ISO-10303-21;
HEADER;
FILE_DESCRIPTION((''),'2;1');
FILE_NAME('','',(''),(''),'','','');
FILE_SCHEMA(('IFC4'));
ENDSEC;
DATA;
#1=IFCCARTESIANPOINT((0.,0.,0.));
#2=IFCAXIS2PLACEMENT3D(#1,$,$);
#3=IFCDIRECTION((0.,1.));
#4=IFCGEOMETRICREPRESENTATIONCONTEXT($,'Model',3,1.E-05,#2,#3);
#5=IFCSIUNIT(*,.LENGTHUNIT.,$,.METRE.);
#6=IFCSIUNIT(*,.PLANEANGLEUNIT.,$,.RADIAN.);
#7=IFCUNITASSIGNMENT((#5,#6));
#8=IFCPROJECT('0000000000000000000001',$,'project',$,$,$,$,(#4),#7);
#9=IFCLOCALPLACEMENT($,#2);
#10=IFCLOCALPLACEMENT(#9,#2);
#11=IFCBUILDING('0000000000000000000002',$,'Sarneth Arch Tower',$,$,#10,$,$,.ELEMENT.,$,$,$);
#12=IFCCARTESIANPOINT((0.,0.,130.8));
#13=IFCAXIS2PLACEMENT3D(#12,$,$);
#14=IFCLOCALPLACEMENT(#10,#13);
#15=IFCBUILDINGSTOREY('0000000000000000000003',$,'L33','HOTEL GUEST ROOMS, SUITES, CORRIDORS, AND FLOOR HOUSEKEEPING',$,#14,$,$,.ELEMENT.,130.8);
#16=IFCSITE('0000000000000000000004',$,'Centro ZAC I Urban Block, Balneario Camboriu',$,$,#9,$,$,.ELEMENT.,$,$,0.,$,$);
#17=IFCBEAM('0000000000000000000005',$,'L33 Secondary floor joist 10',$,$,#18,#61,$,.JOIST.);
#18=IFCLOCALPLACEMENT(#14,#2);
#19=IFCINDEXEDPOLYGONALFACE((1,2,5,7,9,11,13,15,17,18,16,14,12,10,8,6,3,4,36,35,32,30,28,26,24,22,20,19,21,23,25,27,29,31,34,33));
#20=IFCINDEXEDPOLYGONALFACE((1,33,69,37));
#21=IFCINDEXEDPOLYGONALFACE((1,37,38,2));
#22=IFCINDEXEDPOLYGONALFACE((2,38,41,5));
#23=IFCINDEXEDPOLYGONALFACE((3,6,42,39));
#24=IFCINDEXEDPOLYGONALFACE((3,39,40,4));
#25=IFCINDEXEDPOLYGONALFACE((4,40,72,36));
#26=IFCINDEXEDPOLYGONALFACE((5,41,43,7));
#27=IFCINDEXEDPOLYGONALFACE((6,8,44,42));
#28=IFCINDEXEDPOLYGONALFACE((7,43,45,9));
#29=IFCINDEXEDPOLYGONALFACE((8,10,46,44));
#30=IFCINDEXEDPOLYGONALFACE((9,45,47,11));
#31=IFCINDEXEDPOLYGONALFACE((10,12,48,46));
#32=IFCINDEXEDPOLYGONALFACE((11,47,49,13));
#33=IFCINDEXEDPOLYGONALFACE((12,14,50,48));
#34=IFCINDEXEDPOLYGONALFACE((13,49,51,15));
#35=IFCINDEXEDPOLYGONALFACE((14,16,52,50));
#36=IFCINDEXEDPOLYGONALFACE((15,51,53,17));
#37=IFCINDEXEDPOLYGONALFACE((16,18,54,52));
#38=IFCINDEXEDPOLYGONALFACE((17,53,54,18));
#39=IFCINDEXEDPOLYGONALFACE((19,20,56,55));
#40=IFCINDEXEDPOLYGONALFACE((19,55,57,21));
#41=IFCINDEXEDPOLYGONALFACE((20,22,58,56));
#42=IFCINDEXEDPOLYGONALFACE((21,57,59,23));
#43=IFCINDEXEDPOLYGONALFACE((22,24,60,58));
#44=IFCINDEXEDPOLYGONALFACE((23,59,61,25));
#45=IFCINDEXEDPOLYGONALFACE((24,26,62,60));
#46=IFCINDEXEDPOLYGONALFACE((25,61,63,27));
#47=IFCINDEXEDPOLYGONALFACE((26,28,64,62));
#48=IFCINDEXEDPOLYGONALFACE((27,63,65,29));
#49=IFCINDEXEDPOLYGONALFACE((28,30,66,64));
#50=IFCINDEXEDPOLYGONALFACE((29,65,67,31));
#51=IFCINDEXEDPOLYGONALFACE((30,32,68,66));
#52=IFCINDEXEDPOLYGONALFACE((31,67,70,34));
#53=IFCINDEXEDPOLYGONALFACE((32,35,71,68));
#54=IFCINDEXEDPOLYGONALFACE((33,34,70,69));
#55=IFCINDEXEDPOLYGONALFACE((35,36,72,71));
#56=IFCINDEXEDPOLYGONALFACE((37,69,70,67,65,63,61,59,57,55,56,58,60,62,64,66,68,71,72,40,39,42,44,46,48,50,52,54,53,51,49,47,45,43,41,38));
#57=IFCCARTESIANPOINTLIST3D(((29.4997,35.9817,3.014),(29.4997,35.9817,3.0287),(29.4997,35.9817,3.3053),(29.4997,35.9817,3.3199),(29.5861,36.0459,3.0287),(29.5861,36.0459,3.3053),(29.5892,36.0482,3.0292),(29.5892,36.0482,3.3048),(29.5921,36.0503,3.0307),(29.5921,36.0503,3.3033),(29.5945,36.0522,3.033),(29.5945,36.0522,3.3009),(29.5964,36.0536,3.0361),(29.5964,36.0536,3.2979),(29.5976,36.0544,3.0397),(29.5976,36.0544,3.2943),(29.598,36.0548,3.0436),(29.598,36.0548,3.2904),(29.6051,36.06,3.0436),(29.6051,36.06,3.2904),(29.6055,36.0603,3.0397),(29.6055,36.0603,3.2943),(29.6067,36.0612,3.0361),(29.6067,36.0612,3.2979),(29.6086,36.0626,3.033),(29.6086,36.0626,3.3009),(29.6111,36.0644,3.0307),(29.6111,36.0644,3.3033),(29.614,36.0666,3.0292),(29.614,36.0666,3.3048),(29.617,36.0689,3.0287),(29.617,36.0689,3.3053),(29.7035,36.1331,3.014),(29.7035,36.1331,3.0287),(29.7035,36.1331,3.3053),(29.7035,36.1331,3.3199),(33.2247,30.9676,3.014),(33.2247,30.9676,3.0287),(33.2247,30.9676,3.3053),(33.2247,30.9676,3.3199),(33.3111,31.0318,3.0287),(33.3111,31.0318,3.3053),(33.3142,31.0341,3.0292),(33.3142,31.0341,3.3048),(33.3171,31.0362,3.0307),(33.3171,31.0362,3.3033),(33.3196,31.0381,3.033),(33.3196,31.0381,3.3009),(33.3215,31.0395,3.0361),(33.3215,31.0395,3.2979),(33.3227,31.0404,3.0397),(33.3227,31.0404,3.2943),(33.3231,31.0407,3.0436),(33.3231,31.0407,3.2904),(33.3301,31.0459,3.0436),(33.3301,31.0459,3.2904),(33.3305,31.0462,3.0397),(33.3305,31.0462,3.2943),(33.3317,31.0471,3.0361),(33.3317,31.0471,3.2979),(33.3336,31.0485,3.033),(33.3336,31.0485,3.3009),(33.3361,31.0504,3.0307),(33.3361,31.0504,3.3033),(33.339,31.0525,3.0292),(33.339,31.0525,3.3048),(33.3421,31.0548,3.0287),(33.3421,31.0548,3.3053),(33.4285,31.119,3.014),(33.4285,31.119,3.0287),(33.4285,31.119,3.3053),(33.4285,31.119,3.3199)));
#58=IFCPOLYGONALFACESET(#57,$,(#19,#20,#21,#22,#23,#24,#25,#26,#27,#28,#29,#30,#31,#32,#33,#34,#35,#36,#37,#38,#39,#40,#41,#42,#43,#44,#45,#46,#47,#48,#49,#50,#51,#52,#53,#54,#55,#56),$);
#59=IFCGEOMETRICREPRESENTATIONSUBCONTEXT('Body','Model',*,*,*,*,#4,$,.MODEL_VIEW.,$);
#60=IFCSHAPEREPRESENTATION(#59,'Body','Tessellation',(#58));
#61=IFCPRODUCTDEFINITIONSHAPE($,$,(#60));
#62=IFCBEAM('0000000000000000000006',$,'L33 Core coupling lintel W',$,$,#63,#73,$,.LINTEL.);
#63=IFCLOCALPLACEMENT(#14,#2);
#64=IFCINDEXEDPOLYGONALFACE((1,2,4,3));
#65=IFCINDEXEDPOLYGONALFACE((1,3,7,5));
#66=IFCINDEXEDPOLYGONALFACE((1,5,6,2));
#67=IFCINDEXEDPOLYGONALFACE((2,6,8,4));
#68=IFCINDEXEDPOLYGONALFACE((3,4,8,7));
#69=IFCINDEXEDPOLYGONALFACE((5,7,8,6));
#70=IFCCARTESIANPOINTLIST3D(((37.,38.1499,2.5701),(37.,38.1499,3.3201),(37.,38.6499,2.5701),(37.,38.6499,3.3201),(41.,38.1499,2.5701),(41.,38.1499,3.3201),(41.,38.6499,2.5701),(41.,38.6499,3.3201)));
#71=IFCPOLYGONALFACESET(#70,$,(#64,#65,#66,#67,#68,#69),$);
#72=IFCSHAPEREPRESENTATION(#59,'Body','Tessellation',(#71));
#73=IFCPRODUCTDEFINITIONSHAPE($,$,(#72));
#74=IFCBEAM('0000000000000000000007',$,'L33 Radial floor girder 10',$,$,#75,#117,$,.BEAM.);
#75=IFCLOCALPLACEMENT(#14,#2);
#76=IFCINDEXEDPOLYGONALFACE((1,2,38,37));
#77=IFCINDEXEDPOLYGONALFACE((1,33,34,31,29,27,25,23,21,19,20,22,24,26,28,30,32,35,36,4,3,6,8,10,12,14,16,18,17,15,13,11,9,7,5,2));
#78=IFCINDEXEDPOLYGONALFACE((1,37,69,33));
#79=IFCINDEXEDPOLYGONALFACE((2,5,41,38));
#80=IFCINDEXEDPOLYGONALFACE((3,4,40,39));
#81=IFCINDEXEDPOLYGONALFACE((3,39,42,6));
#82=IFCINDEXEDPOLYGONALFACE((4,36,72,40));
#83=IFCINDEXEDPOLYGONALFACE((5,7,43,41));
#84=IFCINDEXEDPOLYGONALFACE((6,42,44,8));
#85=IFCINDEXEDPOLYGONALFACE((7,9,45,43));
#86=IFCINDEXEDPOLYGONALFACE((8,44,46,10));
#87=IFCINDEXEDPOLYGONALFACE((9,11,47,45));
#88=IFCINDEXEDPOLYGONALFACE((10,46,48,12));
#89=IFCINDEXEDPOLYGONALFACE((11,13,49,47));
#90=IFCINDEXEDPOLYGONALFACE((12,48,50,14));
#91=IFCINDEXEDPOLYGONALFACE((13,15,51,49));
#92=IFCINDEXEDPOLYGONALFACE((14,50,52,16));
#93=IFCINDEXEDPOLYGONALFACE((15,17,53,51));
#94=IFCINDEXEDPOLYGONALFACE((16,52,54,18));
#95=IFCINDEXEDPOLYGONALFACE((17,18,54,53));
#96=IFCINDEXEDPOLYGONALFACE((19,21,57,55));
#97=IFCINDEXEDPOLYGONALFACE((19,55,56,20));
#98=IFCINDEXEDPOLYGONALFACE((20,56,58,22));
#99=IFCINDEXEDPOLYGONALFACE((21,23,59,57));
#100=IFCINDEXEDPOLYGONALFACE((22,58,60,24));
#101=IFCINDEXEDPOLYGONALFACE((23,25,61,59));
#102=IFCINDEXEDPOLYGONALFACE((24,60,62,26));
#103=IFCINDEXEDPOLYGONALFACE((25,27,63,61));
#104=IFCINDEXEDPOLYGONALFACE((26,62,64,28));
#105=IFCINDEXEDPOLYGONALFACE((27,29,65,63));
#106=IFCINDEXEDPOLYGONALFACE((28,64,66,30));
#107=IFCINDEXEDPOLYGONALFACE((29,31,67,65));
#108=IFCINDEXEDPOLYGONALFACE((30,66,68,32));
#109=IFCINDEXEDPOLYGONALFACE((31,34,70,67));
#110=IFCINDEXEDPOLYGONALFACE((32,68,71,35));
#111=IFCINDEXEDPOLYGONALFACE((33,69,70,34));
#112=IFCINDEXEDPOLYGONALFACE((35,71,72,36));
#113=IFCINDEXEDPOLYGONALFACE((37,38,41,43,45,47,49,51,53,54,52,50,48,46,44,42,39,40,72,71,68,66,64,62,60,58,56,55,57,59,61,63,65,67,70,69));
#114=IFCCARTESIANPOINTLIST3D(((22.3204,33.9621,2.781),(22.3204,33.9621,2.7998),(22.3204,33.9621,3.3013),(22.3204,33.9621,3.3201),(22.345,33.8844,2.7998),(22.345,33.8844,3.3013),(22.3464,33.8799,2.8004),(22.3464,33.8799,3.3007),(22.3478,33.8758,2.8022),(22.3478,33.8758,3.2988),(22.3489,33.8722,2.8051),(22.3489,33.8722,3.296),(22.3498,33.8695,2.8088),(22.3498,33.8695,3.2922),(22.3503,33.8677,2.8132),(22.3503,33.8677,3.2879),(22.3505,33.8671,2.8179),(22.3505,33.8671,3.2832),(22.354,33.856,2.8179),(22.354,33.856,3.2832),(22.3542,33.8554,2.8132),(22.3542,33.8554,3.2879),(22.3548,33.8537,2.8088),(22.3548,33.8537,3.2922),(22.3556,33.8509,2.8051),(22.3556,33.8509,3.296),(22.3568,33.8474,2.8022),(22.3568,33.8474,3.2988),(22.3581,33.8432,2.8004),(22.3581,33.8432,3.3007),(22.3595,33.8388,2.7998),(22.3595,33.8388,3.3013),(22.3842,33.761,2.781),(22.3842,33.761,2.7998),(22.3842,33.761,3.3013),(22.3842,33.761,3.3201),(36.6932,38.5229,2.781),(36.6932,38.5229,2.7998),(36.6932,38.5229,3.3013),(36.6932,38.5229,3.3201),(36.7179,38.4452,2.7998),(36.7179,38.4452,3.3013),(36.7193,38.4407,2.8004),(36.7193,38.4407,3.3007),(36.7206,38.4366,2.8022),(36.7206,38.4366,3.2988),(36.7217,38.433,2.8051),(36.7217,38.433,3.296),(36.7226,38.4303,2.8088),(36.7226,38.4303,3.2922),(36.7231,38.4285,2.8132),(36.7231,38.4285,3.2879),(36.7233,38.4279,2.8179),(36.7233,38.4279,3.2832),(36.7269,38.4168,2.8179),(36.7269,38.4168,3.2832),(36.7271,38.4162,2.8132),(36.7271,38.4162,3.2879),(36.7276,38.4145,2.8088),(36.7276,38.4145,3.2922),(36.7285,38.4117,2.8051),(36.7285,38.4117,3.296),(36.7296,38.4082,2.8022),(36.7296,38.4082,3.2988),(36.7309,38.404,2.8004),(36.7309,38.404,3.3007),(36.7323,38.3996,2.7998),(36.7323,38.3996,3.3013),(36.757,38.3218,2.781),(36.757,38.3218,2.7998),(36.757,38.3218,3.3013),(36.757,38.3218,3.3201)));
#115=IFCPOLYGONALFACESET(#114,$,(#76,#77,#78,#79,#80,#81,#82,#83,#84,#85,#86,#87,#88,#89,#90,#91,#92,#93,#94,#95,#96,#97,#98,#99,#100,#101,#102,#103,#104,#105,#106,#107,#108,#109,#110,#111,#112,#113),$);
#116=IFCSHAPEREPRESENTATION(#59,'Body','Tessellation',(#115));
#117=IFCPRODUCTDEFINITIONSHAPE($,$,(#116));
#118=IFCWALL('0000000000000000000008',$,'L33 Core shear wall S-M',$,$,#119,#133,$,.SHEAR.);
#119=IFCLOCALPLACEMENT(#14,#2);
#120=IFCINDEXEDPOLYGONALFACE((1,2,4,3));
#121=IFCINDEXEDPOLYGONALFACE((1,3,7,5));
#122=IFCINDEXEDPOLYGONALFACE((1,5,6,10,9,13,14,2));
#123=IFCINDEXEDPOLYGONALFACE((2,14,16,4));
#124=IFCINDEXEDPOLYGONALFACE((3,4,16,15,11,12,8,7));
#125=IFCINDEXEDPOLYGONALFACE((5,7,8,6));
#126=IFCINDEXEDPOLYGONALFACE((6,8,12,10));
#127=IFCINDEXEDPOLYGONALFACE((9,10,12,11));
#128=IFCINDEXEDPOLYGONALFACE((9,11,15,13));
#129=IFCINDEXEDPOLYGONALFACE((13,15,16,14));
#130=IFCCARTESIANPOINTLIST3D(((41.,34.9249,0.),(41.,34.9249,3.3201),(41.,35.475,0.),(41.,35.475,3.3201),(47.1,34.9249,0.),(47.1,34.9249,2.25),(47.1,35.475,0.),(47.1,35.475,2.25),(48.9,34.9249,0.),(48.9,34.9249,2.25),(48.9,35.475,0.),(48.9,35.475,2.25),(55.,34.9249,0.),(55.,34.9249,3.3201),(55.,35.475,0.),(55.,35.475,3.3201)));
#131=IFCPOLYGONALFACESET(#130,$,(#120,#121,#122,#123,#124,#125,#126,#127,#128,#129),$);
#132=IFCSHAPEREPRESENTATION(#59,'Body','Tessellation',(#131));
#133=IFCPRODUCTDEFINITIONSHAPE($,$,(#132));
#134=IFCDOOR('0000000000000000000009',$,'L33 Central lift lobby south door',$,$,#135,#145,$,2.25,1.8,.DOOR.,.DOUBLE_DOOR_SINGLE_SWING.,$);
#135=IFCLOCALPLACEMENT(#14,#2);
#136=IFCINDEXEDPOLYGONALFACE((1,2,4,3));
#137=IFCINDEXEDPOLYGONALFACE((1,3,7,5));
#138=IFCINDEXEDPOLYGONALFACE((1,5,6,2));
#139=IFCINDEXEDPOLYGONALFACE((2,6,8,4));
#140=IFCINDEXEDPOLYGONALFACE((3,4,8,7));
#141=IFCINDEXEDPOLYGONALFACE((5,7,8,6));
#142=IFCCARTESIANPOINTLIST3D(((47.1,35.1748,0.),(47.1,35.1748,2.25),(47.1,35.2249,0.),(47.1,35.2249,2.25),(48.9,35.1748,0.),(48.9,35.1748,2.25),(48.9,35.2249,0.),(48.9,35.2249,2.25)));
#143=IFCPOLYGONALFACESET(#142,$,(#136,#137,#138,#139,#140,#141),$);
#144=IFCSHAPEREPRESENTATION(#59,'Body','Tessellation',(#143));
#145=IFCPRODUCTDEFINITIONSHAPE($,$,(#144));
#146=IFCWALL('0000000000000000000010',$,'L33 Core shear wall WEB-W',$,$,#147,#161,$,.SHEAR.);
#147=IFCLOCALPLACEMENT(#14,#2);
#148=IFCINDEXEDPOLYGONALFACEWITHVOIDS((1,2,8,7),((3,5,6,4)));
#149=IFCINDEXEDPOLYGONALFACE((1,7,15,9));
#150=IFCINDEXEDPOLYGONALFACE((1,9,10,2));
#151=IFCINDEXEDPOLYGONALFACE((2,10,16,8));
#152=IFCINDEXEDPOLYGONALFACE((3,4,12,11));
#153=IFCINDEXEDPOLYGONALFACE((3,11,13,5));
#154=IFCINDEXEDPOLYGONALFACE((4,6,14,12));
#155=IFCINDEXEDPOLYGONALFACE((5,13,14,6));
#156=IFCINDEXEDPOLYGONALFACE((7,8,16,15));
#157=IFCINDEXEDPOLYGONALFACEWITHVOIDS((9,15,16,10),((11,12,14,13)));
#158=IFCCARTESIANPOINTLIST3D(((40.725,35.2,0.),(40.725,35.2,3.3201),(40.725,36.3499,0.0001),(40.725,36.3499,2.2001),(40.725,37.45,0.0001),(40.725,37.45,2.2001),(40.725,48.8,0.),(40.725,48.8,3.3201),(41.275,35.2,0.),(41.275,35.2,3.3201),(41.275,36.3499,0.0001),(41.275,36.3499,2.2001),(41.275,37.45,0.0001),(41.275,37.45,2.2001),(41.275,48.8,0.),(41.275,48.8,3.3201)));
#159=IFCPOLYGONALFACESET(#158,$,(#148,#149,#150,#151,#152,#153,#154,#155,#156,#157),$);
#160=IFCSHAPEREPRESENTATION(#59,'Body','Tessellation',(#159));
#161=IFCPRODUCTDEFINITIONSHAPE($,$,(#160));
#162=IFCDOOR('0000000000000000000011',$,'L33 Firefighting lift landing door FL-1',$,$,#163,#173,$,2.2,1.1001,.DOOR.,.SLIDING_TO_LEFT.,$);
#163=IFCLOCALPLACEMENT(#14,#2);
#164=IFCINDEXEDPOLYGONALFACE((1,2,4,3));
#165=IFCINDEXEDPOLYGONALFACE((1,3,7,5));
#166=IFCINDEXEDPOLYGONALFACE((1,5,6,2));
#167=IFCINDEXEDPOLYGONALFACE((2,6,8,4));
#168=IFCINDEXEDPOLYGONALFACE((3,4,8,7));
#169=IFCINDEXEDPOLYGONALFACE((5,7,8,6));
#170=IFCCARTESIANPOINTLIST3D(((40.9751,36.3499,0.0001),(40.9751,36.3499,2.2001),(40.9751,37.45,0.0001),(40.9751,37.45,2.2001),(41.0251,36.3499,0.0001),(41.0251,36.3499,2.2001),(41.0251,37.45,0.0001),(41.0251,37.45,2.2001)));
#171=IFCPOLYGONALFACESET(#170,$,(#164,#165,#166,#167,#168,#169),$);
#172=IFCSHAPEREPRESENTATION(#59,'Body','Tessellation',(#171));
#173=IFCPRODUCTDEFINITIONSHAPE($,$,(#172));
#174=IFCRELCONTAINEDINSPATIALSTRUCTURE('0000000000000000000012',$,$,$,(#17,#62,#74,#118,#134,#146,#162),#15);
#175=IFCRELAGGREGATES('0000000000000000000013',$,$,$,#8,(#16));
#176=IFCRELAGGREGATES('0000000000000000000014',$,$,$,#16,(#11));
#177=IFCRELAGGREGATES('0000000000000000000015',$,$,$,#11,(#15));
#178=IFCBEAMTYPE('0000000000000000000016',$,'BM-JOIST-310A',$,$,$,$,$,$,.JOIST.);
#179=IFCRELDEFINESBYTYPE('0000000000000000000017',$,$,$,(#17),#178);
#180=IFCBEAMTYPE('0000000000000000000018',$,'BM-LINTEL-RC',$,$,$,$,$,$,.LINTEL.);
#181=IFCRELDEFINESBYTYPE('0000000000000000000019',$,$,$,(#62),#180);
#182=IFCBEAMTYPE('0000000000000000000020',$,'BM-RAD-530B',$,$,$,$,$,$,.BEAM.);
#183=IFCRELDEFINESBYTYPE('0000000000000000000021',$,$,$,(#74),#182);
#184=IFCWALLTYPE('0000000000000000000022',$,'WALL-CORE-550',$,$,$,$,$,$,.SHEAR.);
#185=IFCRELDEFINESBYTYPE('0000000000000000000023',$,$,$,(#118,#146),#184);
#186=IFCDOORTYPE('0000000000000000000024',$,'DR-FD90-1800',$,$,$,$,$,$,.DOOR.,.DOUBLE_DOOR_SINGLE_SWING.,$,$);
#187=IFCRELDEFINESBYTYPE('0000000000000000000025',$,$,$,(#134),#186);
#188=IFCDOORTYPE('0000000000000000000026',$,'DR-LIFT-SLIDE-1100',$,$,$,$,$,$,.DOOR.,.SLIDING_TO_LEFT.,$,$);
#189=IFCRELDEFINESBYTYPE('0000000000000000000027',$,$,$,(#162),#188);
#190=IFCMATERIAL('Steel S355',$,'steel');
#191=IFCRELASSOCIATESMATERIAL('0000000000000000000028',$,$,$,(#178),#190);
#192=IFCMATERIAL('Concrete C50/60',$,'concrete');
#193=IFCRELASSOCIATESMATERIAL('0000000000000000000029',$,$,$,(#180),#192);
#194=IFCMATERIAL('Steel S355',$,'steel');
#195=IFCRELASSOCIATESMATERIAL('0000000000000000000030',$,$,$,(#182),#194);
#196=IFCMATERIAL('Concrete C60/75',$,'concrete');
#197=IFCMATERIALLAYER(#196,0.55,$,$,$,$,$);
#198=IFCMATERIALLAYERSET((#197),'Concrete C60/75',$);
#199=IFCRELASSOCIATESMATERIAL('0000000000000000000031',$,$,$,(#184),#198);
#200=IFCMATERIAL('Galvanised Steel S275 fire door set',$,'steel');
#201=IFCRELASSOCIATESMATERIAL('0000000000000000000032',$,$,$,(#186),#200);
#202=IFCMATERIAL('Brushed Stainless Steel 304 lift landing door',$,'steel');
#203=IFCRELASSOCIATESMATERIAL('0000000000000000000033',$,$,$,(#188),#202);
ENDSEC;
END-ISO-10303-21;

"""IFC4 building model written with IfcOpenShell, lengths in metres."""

from ifc_helpers import new_model, si_unit, direction, frame, frame_2d, origin, origin_2d, place, context, subcontext, project, spatial, rectangle, i_section, extrude, material, layer, layer_set, material_profile, profile_set, type_object, element, fill, save


model = new_model("IFC4")

# Units and contexts
model_context = context("Model", 3, precision=1e-05, world=origin(), true_north=direction((0.0, 1.0)))
body_context = subcontext(model_context, "Body", "Model", "MODEL_VIEW")
ifc_project = project(units=[si_unit("LENGTHUNIT", "METRE"), si_unit("PLANEANGLEUNIT", "RADIAN")], contexts=[model_context])

# Site, building, storey
site_placement = place(None, origin())
site = spatial("IfcSite", under=ifc_project, at=site_placement, Name="Centro ZAC I Urban Block, Balneario Camboriu", CompositionType="ELEMENT", RefElevation=0.0)
building_placement = place(site_placement, origin())
building = spatial("IfcBuilding", under=site, at=building_placement, Name="Sarneth Arch Tower", CompositionType="ELEMENT")
storey_placement = place(building_placement, frame((0.0, 0.0, 130.8)))
storey = spatial("IfcBuildingStorey", under=building, at=storey_placement, Name="L33", Description="HOTEL GUEST ROOMS, SUITES, CORRIDORS, AND FLOOR HOUSEKEEPING", CompositionType="ELEMENT", Elevation=130.8)

# Beams
ifc_material_1 = material(Name="Steel S355", Category="steel")
ifc_material_profile_1 = material_profile(ifc_material_1, i_section(OverallWidth=0.2539, OverallDepth=0.3059, WebThickness=0.0088, FlangeThickness=0.0146, FilletRadius=0.0149, at=origin_2d()), Name="W310x79")
ifc_profile_set_1 = profile_set([ifc_material_profile_1], Name="Steel S355")
beam_type_1 = type_object("IfcBeamType", Name="BM-JOIST-310A", PredefinedType="JOIST", material=ifc_profile_set_1)
beam_1_placement = place(storey_placement, frame((29.6016, 36.0574, 3.167), z_axis=(0.596354, -0.802721, 0.0), x_axis=(0.802721, 0.596354, 0.0)))
element("IfcBeam", 1, at=beam_1_placement, inside=storey, type_object=beam_type_1, Name="L33 Secondary floor joist 10", PredefinedType="JOIST", context=body_context, shape_type="SweptSolid", body=[
    extrude(i_section(OverallWidth=0.2539, OverallDepth=0.3059, WebThickness=0.0088, FlangeThickness=0.0146, FilletRadius=0.0149, at=origin_2d()), origin(), (0.0, 0.0, 1.0), 6.2463),
])
ifc_material_2 = material(Name="Concrete C50/60", Category="concrete")
ifc_material_profile_2 = material_profile(ifc_material_2, rectangle(XDim=0.5, YDim=0.75, at=origin_2d()), Name="RC-500x750")
ifc_profile_set_2 = profile_set([ifc_material_profile_2], Name="Concrete C50/60")
beam_type_2 = type_object("IfcBeamType", Name="BM-LINTEL-RC", PredefinedType="LINTEL", material=ifc_profile_set_2)
beam_2_placement = place(storey_placement, frame((37.0, 38.3999, 2.9451), z_axis=(1.0, 0.0, 0.0), x_axis=(0.0, 1.0, 0.0)))
element("IfcBeam", 2, at=beam_2_placement, inside=storey, type_object=beam_type_2, Name="L33 Core coupling lintel W", PredefinedType="LINTEL", context=body_context, shape_type="SweptSolid", body=[
    extrude(rectangle(XDim=0.5, YDim=0.75, at=origin_2d()), origin(), (0.0, 0.0, 1.0), 4.0),
])
ifc_material_3 = material(Name="Steel S355", Category="steel")
ifc_material_profile_3 = material_profile(ifc_material_3, i_section(OverallWidth=0.2109, OverallDepth=0.5391, WebThickness=0.0117, FlangeThickness=0.0188, FilletRadius=0.0181, at=origin_2d()), Name="W530x109")
ifc_profile_set_3 = profile_set([ifc_material_profile_3], Name="Steel S355")
beam_type_3 = type_object("IfcBeamType", Name="BM-RAD-530B", PredefinedType="BEAM", material=ifc_profile_set_3)
beam_3_placement = place(storey_placement, frame((36.7251, 38.4224, 3.0505), z_axis=(-0.953163, -0.302458, 0.0), x_axis=(0.302458, -0.953163, 0.0)))
element("IfcBeam", 3, at=beam_3_placement, inside=storey, type_object=beam_type_3, Name="L33 Radial floor girder 10", PredefinedType="BEAM", context=body_context, shape_type="SweptSolid", body=[
    extrude(i_section(OverallWidth=0.2109, OverallDepth=0.5391, WebThickness=0.0117, FlangeThickness=0.0188, FilletRadius=0.0181, at=origin_2d()), origin(), (0.0, 0.0, 1.0), 15.0791),
])

# Walls, openings, doors
ifc_material_4 = material(Name="Concrete C60/75", Category="concrete")
ifc_layer_1 = layer(ifc_material_4, 0.55)
ifc_layer_set_1 = layer_set([ifc_layer_1], Name="Concrete C60/75")
wall_type_1 = type_object("IfcWallType", Name="WALL-CORE-550", PredefinedType="SHEAR", material=ifc_layer_set_1)
wall_1_placement = place(storey_placement, frame((41.0, 35.2, 0.0), z_axis=(0.0, 0.0, 1.0), x_axis=(1.0, 0.0, 0.0)))
wall_1 = element("IfcWall", 4, at=wall_1_placement, inside=storey, type_object=wall_type_1, Name="L33 Core shear wall S-M", PredefinedType="SHEAR", context=body_context, shape_type="SweptSolid", body=[
    extrude(rectangle(XDim=14.0, YDim=0.55, at=frame_2d((7.0, 0.0))), origin(), (0.0, 0.0, 1.0), 3.3201),
])
opening_1_placement = place(wall_1_placement, frame((6.1001, 0.0, 0.0)))
opening_1 = element("IfcOpeningElement", 5, at=opening_1_placement, cuts=wall_1, PredefinedType="OPENING", context=body_context, shape_type="SweptSolid", body=[
    extrude(rectangle(XDim=1.8, YDim=2.25, at=frame_2d((0.8999, 1.125))), frame((0.0, 0.2849, 0.0), z_axis=(0.0, -1.0, 0.0), x_axis=(1.0, 0.0, 0.0)), (0.0, 0.0, 1.0), 0.5701),
])
ifc_material_5 = material(Name="Galvanised Steel S275 fire door set", Category="steel")
door_type_1 = type_object("IfcDoorType", Name="DR-FD90-1800", OperationType="DOUBLE_DOOR_SINGLE_SWING", PredefinedType="DOOR", material=ifc_material_5)
door_1_placement = place(opening_1_placement, origin())
door_1 = element("IfcDoor", 6, at=door_1_placement, inside=storey, type_object=door_type_1, Name="L33 Central lift lobby south door", OperationType="DOUBLE_DOOR_SINGLE_SWING", OverallHeight=2.25, OverallWidth=1.8, PredefinedType="DOOR", context=body_context, shape_type="SweptSolid", body=[
    extrude(rectangle(XDim=1.8, YDim=2.25, at=frame_2d((0.8999, 1.125))), frame((0.0, 0.0249, 0.0), z_axis=(0.0, -1.0, 0.0), x_axis=(1.0, 0.0, 0.0)), (0.0, 0.0, 1.0), 0.05),
])
fill(opening_1, door_1)
wall_2_placement = place(storey_placement, frame((41.0, 35.2, 0.0), z_axis=(0.0, 0.0, 1.0), x_axis=(0.0, 1.0, 0.0)))
wall_2 = element("IfcWall", 7, at=wall_2_placement, inside=storey, type_object=wall_type_1, Name="L33 Core shear wall WEB-W", PredefinedType="SHEAR", context=body_context, shape_type="SweptSolid", body=[
    extrude(rectangle(XDim=13.6001, YDim=0.55, at=frame_2d((6.8, 0.0))), origin(), (0.0, 0.0, 1.0), 3.3201),
])
opening_2_placement = place(wall_2_placement, frame((1.1499, 0.0, 0.0)))
opening_2 = element("IfcOpeningElement", 8, at=opening_2_placement, cuts=wall_2, PredefinedType="OPENING", context=body_context, shape_type="SweptSolid", body=[
    extrude(rectangle(XDim=1.1001, YDim=2.2, at=frame_2d((0.55, 1.1001))), frame((0.0, 0.2849, 0.0), z_axis=(0.0, -1.0, 0.0), x_axis=(1.0, 0.0, 0.0)), (0.0, 0.0, 1.0), 0.5701),
])
ifc_material_6 = material(Name="Brushed Stainless Steel 304 lift landing door", Category="steel")
door_type_2 = type_object("IfcDoorType", Name="DR-LIFT-SLIDE-1100", OperationType="SLIDING_TO_LEFT", PredefinedType="DOOR", material=ifc_material_6)
door_2_placement = place(opening_2_placement, origin())
door_2 = element("IfcDoor", 9, at=door_2_placement, inside=storey, type_object=door_type_2, Name="L33 Firefighting lift landing door FL-1", OperationType="SLIDING_TO_LEFT", OverallHeight=2.2, OverallWidth=1.1001, PredefinedType="DOOR", context=body_context, shape_type="SweptSolid", body=[
    extrude(rectangle(XDim=1.1001, YDim=2.2, at=frame_2d((0.55, 1.1001))), frame((0.0, 0.0249, 0.0), z_axis=(0.0, -1.0, 0.0), x_axis=(1.0, 0.0, 0.0)), (0.0, 0.0, 1.0), 0.05),
])
fill(opening_2, door_2)

save(model, "model.ifc")
